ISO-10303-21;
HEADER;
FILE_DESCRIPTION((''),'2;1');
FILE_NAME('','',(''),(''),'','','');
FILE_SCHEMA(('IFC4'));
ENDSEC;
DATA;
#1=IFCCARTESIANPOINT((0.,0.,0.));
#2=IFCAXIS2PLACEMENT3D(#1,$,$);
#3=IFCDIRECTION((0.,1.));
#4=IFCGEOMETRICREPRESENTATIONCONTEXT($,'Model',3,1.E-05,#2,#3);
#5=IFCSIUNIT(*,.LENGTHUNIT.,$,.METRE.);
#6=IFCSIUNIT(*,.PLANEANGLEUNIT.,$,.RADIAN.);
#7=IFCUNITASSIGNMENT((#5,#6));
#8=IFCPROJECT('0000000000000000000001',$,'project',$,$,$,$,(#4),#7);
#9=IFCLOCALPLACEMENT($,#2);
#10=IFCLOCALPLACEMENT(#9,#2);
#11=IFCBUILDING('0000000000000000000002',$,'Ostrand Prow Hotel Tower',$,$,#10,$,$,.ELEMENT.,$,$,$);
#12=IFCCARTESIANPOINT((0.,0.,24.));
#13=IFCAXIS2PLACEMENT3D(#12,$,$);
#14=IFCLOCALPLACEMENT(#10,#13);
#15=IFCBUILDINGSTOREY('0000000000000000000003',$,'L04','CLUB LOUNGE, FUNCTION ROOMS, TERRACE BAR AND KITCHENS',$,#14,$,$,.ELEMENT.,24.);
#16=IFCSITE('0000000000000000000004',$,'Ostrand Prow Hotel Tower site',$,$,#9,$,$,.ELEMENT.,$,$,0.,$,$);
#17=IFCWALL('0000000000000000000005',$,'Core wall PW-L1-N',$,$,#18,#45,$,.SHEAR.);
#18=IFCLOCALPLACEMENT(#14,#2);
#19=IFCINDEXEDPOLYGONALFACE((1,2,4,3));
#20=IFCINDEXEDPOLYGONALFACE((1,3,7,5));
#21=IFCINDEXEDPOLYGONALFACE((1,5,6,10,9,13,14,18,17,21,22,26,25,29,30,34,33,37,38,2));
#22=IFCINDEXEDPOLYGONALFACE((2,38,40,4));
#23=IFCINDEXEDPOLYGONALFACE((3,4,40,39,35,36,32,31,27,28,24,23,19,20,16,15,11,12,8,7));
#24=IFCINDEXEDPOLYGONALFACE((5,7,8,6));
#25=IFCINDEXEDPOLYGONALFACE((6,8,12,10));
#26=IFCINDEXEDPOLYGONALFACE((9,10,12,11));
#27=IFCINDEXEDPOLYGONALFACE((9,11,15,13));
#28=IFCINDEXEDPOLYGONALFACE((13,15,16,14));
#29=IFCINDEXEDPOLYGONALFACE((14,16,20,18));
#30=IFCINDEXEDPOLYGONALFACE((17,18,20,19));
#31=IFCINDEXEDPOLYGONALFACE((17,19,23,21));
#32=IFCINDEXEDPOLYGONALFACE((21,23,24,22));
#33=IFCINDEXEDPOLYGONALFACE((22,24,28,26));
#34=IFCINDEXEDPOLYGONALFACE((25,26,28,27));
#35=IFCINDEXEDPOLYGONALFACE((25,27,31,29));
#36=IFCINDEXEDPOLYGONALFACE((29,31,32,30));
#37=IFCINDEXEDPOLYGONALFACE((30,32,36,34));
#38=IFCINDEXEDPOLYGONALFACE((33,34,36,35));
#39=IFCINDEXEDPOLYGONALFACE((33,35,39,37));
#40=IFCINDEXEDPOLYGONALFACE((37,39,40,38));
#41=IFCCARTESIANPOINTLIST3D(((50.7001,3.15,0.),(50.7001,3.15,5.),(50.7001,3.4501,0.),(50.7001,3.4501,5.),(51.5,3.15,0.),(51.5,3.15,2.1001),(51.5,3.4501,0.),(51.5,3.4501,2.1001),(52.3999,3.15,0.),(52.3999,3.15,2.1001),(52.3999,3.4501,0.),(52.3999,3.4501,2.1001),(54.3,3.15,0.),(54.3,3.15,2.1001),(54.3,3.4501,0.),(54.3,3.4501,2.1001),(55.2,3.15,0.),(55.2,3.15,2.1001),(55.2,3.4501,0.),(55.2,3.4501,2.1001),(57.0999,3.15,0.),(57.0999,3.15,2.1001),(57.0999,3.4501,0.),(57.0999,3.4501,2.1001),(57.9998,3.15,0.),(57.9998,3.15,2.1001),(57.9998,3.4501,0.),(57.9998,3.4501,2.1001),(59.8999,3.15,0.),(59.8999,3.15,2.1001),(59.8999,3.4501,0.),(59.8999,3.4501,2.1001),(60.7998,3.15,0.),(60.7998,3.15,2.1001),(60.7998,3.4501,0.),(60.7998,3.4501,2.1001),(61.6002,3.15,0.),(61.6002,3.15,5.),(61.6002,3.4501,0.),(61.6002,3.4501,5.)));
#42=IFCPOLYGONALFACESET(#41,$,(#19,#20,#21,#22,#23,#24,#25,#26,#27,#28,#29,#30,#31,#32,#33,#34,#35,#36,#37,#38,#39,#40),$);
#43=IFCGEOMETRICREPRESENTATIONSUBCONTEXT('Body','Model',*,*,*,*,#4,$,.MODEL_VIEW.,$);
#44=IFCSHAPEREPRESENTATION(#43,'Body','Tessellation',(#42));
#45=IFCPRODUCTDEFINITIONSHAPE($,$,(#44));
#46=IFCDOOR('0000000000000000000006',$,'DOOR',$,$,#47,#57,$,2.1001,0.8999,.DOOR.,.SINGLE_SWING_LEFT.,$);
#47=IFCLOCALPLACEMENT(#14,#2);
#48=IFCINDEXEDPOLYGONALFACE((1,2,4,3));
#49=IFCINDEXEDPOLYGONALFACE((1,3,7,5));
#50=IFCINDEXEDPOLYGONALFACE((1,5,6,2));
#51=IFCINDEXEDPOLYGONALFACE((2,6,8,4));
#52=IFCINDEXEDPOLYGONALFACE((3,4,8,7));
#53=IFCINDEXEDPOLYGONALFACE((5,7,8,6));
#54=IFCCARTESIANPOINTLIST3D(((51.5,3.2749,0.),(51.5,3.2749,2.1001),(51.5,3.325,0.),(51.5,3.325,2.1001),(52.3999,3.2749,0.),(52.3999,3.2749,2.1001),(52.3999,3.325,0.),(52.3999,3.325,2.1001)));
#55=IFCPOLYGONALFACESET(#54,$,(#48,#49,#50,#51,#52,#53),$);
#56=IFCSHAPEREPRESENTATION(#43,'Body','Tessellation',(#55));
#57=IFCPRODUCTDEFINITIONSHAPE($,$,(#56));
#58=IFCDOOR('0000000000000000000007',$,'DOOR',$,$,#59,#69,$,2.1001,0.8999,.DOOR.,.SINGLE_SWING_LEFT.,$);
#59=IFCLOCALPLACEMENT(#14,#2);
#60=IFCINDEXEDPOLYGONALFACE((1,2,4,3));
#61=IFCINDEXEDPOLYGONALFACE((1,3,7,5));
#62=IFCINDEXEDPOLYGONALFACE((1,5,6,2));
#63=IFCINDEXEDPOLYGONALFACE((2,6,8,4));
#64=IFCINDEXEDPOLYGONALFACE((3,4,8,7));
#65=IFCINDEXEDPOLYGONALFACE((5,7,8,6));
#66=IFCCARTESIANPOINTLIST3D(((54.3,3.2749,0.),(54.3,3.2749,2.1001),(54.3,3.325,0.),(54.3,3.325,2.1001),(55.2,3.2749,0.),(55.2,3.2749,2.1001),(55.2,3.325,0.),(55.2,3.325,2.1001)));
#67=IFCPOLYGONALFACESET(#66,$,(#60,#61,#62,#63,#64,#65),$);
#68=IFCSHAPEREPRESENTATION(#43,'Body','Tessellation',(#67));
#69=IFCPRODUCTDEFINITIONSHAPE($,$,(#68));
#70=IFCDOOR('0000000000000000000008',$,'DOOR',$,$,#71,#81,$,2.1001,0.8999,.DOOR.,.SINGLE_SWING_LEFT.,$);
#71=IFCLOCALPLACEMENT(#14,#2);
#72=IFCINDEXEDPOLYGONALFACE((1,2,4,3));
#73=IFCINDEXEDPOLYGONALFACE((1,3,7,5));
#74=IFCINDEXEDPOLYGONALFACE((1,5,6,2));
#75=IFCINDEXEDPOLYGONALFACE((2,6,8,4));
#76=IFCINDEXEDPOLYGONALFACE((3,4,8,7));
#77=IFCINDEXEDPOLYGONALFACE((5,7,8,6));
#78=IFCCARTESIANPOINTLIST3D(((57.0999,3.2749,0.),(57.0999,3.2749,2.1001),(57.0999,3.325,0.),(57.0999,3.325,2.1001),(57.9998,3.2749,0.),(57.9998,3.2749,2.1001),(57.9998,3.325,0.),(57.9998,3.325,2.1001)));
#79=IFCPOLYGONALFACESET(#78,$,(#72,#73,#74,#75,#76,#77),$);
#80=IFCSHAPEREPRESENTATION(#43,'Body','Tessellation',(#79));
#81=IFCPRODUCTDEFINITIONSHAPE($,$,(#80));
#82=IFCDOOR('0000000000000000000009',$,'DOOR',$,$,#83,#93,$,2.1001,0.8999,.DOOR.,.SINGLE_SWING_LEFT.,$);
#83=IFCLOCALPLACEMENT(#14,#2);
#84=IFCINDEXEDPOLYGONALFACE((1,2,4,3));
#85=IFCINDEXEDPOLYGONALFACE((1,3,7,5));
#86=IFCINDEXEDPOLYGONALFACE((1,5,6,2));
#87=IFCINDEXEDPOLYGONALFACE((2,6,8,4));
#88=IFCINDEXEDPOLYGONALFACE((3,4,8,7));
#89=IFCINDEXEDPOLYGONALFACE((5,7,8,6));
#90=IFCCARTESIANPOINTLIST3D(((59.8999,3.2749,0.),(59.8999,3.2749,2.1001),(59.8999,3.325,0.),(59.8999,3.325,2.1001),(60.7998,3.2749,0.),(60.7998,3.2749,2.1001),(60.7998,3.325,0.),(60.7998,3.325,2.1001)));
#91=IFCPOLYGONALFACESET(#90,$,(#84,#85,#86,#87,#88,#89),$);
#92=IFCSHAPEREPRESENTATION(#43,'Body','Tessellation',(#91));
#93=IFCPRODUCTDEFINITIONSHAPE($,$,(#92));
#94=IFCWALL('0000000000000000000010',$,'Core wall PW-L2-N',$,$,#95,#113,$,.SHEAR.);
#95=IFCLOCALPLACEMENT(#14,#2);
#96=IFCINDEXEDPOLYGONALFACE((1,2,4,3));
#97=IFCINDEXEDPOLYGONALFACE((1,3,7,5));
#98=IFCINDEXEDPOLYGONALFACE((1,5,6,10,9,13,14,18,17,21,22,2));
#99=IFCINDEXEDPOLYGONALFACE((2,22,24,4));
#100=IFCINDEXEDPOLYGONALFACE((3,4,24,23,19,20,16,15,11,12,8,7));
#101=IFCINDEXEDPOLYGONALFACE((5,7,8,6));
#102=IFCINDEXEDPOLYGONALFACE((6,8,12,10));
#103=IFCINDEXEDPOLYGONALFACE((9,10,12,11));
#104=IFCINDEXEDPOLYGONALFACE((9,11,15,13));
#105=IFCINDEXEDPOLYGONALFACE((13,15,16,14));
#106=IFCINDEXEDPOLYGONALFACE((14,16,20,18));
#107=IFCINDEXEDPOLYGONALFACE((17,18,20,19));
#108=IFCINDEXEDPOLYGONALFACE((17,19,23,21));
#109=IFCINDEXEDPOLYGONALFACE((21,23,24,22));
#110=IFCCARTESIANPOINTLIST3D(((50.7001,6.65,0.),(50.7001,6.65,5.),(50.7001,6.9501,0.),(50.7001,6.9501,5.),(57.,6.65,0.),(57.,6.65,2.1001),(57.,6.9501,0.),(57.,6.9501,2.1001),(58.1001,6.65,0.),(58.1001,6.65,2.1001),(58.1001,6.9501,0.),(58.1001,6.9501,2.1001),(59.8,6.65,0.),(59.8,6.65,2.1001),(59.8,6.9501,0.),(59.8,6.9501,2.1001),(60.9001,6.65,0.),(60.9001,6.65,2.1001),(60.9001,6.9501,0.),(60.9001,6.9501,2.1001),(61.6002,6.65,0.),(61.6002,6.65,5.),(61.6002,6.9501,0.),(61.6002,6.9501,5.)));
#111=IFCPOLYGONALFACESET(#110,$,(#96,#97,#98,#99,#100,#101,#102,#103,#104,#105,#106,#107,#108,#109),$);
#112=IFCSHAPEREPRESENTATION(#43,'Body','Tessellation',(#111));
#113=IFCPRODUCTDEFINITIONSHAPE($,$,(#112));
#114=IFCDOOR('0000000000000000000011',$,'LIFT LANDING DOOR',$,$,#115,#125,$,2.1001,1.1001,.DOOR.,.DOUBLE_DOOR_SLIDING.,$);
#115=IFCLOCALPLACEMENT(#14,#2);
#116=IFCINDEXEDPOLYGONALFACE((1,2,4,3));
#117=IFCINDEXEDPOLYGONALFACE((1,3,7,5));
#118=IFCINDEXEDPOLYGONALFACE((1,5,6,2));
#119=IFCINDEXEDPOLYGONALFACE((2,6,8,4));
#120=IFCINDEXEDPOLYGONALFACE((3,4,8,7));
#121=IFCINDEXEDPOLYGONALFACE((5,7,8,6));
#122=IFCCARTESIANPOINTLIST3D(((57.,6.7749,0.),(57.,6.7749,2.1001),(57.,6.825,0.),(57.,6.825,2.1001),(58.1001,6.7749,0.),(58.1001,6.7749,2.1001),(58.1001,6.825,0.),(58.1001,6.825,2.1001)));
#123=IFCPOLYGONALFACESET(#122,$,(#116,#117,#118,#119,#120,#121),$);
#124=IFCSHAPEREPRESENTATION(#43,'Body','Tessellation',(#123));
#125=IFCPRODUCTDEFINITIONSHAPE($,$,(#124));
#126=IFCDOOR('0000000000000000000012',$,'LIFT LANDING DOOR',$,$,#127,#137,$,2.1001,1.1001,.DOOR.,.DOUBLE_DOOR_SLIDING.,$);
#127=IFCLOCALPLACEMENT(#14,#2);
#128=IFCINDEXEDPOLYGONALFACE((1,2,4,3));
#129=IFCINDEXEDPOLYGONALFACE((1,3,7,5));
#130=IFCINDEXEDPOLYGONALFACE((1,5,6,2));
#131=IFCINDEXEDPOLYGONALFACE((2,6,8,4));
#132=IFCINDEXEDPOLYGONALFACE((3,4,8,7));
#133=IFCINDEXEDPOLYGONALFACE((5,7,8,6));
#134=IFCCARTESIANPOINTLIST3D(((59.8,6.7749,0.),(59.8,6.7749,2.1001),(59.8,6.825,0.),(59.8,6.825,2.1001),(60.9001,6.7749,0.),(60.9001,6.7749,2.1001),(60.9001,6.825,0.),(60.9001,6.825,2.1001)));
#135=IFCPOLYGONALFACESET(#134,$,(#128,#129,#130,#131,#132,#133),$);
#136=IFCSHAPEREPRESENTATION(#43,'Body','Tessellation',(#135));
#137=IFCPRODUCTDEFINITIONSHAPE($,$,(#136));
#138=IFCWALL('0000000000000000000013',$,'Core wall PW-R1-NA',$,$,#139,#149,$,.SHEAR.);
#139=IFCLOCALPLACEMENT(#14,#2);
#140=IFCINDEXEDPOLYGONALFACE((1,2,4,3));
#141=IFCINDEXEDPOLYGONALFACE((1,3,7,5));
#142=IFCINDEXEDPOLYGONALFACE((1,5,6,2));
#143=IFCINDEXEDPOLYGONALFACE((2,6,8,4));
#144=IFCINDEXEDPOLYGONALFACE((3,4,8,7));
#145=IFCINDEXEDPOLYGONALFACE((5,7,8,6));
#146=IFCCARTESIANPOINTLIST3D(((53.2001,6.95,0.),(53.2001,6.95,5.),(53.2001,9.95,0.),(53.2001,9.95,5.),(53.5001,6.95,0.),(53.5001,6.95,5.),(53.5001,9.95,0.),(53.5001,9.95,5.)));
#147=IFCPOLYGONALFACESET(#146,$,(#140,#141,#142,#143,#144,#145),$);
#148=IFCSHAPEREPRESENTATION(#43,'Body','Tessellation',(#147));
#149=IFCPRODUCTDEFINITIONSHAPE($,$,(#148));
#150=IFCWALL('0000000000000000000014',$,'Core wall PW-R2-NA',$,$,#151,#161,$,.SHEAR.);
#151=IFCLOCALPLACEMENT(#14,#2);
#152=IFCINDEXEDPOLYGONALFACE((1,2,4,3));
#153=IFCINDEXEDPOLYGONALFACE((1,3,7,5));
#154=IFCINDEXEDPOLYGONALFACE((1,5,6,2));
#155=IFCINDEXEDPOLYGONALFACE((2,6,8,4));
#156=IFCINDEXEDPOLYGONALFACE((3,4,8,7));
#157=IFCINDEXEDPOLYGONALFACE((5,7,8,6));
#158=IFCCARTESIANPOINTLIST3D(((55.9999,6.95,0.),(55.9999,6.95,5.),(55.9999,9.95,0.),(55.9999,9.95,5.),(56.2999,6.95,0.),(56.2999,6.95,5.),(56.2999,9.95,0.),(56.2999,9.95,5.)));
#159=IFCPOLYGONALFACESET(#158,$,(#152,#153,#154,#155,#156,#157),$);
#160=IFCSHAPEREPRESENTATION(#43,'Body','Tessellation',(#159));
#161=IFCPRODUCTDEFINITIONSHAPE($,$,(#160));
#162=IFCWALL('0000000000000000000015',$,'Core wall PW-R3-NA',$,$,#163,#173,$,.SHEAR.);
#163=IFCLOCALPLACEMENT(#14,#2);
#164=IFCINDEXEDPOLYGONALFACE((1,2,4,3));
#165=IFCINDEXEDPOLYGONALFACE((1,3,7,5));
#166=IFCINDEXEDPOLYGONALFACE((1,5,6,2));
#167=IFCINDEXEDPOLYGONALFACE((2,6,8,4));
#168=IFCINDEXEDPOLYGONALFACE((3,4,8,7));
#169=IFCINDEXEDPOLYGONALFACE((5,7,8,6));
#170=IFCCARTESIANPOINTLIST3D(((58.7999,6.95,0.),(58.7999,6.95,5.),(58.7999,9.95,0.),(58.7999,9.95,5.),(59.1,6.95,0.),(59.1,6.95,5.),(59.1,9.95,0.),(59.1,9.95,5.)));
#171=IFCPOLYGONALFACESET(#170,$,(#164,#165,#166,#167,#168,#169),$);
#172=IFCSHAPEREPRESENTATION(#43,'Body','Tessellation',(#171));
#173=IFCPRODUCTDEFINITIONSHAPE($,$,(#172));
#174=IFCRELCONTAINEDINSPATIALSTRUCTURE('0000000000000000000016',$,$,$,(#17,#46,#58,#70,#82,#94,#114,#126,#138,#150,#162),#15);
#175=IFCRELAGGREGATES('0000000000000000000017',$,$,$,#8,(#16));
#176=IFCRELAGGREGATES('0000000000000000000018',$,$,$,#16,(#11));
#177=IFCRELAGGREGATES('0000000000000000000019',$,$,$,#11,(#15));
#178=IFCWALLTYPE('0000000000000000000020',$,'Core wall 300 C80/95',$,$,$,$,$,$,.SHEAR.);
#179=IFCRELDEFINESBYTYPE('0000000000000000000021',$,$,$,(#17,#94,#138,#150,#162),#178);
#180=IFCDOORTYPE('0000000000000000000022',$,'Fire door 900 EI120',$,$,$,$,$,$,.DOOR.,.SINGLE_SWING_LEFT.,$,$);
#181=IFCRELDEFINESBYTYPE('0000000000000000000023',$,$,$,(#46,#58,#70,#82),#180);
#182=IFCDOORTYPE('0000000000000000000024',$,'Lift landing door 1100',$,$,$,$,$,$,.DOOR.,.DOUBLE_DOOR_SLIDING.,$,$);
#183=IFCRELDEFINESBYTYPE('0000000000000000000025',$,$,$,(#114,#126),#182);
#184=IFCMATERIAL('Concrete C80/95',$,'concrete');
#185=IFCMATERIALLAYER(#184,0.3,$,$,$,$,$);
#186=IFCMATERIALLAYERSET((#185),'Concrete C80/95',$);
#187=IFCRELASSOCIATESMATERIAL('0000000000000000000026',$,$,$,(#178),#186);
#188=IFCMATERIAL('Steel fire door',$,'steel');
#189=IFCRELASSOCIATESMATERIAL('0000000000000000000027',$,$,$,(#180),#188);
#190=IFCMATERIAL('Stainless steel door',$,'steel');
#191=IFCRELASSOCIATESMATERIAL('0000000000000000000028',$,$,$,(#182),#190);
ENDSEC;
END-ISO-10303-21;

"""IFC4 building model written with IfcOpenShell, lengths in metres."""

from ifc_helpers import new_model, si_unit, direction, frame, frame_2d, origin, place, context, subcontext, project, spatial, rectangle, extrude, material, layer, layer_set, type_object, element, fill, save


model = new_model("IFC4")

# Units and contexts
model_context = context("Model", 3, precision=1e-05, world=origin(), true_north=direction((0.0, 1.0)))
body_context = subcontext(model_context, "Body", "Model", "MODEL_VIEW")
ifc_project = project(units=[si_unit("LENGTHUNIT", "METRE"), si_unit("PLANEANGLEUNIT", "RADIAN")], contexts=[model_context])

# Site, building, storey
site_placement = place(None, origin())
site = spatial("IfcSite", under=ifc_project, at=site_placement, Name="Ostrand Prow Hotel Tower site", CompositionType="ELEMENT", RefElevation=0.0)
building_placement = place(site_placement, origin())
building = spatial("IfcBuilding", under=site, at=building_placement, Name="Ostrand Prow Hotel Tower", CompositionType="ELEMENT")
storey_placement = place(building_placement, frame((0.0, 0.0, 24.0)))
storey = spatial("IfcBuildingStorey", under=building, at=storey_placement, Name="L04", Description="CLUB LOUNGE, FUNCTION ROOMS, TERRACE BAR AND KITCHENS", CompositionType="ELEMENT", Elevation=24.0)

# Walls, openings, doors
ifc_material_1 = material(Name="Concrete C80/95", Category="concrete")
ifc_layer_1 = layer(ifc_material_1, 0.3)
ifc_layer_set_1 = layer_set([ifc_layer_1], Name="Concrete C80/95")
wall_type_1 = type_object("IfcWallType", Name="Core wall 300 C80/95", PredefinedType="SHEAR", material=ifc_layer_set_1)
wall_1_placement = place(storey_placement, frame((50.7, 3.3, 0.0), z_axis=(0.0, 0.0, 1.0), x_axis=(1.0, 0.0, 0.0)))
wall_1 = element("IfcWall", 1, at=wall_1_placement, inside=storey, type_object=wall_type_1, Name="Core wall PW-L1-N", PredefinedType="SHEAR", context=body_context, shape_type="SweptSolid", body=[
    extrude(rectangle(XDim=10.9001, YDim=0.3, at=frame_2d((5.4502, 0.0))), origin(), (0.0, 0.0, 1.0), 5.0),
])
opening_1_placement = place(wall_1_placement, frame((0.8, 0.0, 0.0)))
opening_1 = element("IfcOpeningElement", 2, at=opening_1_placement, cuts=wall_1, PredefinedType="OPENING", context=body_context, shape_type="SweptSolid", body=[
    extrude(rectangle(XDim=0.8999, YDim=2.1001, at=frame_2d((0.45, 1.05))), frame((0.0, 0.1599, 0.0), z_axis=(0.0, -1.0, 0.0), x_axis=(1.0, 0.0, 0.0)), (0.0, 0.0, 1.0), 0.3201),
])
opening_2_placement = place(wall_1_placement, frame((3.6001, 0.0, 0.0)))
opening_2 = element("IfcOpeningElement", 3, at=opening_2_placement, cuts=wall_1, PredefinedType="OPENING", context=body_context, shape_type="SweptSolid", body=[
    extrude(rectangle(XDim=0.8999, YDim=2.1001, at=frame_2d((0.45, 1.05))), frame((0.0, 0.1599, 0.0), z_axis=(0.0, -1.0, 0.0), x_axis=(1.0, 0.0, 0.0)), (0.0, 0.0, 1.0), 0.3201),
])
opening_3_placement = place(wall_1_placement, frame((6.3999, 0.0, 0.0)))
opening_3 = element("IfcOpeningElement", 4, at=opening_3_placement, cuts=wall_1, PredefinedType="OPENING", context=body_context, shape_type="SweptSolid", body=[
    extrude(rectangle(XDim=0.8999, YDim=2.1001, at=frame_2d((0.45, 1.05))), frame((0.0, 0.1599, 0.0), z_axis=(0.0, -1.0, 0.0), x_axis=(1.0, 0.0, 0.0)), (0.0, 0.0, 1.0), 0.3201),
])
opening_4_placement = place(wall_1_placement, frame((9.2, 0.0, 0.0)))
opening_4 = element("IfcOpeningElement", 5, at=opening_4_placement, cuts=wall_1, PredefinedType="OPENING", context=body_context, shape_type="SweptSolid", body=[
    extrude(rectangle(XDim=0.8999, YDim=2.1001, at=frame_2d((0.45, 1.05))), frame((0.0, 0.1599, 0.0), z_axis=(0.0, -1.0, 0.0), x_axis=(1.0, 0.0, 0.0)), (0.0, 0.0, 1.0), 0.3201),
])
ifc_material_2 = material(Name="Steel fire door", Category="steel")
door_type_1 = type_object("IfcDoorType", Name="Fire door 900 EI120", OperationType="SINGLE_SWING_LEFT", PredefinedType="DOOR", material=ifc_material_2)
door_1_placement = place(opening_1_placement, origin())
door_1 = element("IfcDoor", 6, at=door_1_placement, inside=storey, type_object=door_type_1, Name="DOOR", OperationType="SINGLE_SWING_LEFT", OverallHeight=2.1001, OverallWidth=0.8999, PredefinedType="DOOR", context=body_context, shape_type="SweptSolid", body=[
    extrude(rectangle(XDim=0.8999, YDim=2.1001, at=frame_2d((0.45, 1.05))), frame((0.0, 0.0249, 0.0), z_axis=(0.0, -1.0, 0.0), x_axis=(1.0, 0.0, 0.0)), (0.0, 0.0, 1.0), 0.05),
])
fill(opening_1, door_1)
door_2_placement = place(opening_2_placement, origin())
door_2 = element("IfcDoor", 7, at=door_2_placement, inside=storey, type_object=door_type_1, Name="DOOR", OperationType="SINGLE_SWING_LEFT", OverallHeight=2.1001, OverallWidth=0.8999, PredefinedType="DOOR", context=body_context, shape_type="SweptSolid", body=[
    extrude(rectangle(XDim=0.8999, YDim=2.1001, at=frame_2d((0.45, 1.05))), frame((0.0, 0.0249, 0.0), z_axis=(0.0, -1.0, 0.0), x_axis=(1.0, 0.0, 0.0)), (0.0, 0.0, 1.0), 0.05),
])
fill(opening_2, door_2)
door_3_placement = place(opening_3_placement, origin())
door_3 = element("IfcDoor", 8, at=door_3_placement, inside=storey, type_object=door_type_1, Name="DOOR", OperationType="SINGLE_SWING_LEFT", OverallHeight=2.1001, OverallWidth=0.8999, PredefinedType="DOOR", context=body_context, shape_type="SweptSolid", body=[
    extrude(rectangle(XDim=0.8999, YDim=2.1001, at=frame_2d((0.45, 1.05))), frame((0.0, 0.0249, 0.0), z_axis=(0.0, -1.0, 0.0), x_axis=(1.0, 0.0, 0.0)), (0.0, 0.0, 1.0), 0.05),
])
fill(opening_3, door_3)
door_4_placement = place(opening_4_placement, origin())
door_4 = element("IfcDoor", 9, at=door_4_placement, inside=storey, type_object=door_type_1, Name="DOOR", OperationType="SINGLE_SWING_LEFT", OverallHeight=2.1001, OverallWidth=0.8999, PredefinedType="DOOR", context=body_context, shape_type="SweptSolid", body=[
    extrude(rectangle(XDim=0.8999, YDim=2.1001, at=frame_2d((0.45, 1.05))), frame((0.0, 0.0249, 0.0), z_axis=(0.0, -1.0, 0.0), x_axis=(1.0, 0.0, 0.0)), (0.0, 0.0, 1.0), 0.05),
])
fill(opening_4, door_4)
wall_2_placement = place(storey_placement, frame((50.7, 6.8, 0.0), z_axis=(0.0, 0.0, 1.0), x_axis=(1.0, 0.0, 0.0)))
wall_2 = element("IfcWall", 10, at=wall_2_placement, inside=storey, type_object=wall_type_1, Name="Core wall PW-L2-N", PredefinedType="SHEAR", context=body_context, shape_type="SweptSolid", body=[
    extrude(rectangle(XDim=10.9001, YDim=0.3, at=frame_2d((5.4502, 0.0))), origin(), (0.0, 0.0, 1.0), 5.0),
])
opening_5_placement = place(wall_2_placement, frame((6.3, 0.0, 0.0)))
opening_5 = element("IfcOpeningElement", 11, at=opening_5_placement, cuts=wall_2, PredefinedType="OPENING", context=body_context, shape_type="SweptSolid", body=[
    extrude(rectangle(XDim=1.1001, YDim=2.1001, at=frame_2d((0.55, 1.05))), frame((0.0, 0.1599, 0.0), z_axis=(0.0, -1.0, 0.0), x_axis=(1.0, 0.0, 0.0)), (0.0, 0.0, 1.0), 0.3201),
])
opening_6_placement = place(wall_2_placement, frame((9.1001, 0.0, 0.0)))
opening_6 = element("IfcOpeningElement", 12, at=opening_6_placement, cuts=wall_2, PredefinedType="OPENING", context=body_context, shape_type="SweptSolid", body=[
    extrude(rectangle(XDim=1.1001, YDim=2.1001, at=frame_2d((0.55, 1.05))), frame((0.0, 0.1599, 0.0), z_axis=(0.0, -1.0, 0.0), x_axis=(1.0, 0.0, 0.0)), (0.0, 0.0, 1.0), 0.3201),
])
ifc_material_3 = material(Name="Stainless steel door", Category="steel")
door_type_2 = type_object("IfcDoorType", Name="Lift landing door 1100", OperationType="DOUBLE_DOOR_SLIDING", PredefinedType="DOOR", material=ifc_material_3)
door_5_placement = place(opening_5_placement, origin())
door_5 = element("IfcDoor", 13, at=door_5_placement, inside=storey, type_object=door_type_2, Name="LIFT LANDING DOOR", OperationType="DOUBLE_DOOR_SLIDING", OverallHeight=2.1001, OverallWidth=1.1001, PredefinedType="DOOR", context=body_context, shape_type="SweptSolid", body=[
    extrude(rectangle(XDim=1.1001, YDim=2.1001, at=frame_2d((0.55, 1.05))), frame((0.0, 0.0249, 0.0), z_axis=(0.0, -1.0, 0.0), x_axis=(1.0, 0.0, 0.0)), (0.0, 0.0, 1.0), 0.05),
])
fill(opening_5, door_5)
door_6_placement = place(opening_6_placement, origin())
door_6 = element("IfcDoor", 14, at=door_6_placement, inside=storey, type_object=door_type_2, Name="LIFT LANDING DOOR", OperationType="DOUBLE_DOOR_SLIDING", OverallHeight=2.1001, OverallWidth=1.1001, PredefinedType="DOOR", context=body_context, shape_type="SweptSolid", body=[
    extrude(rectangle(XDim=1.1001, YDim=2.1001, at=frame_2d((0.55, 1.05))), frame((0.0, 0.0249, 0.0), z_axis=(0.0, -1.0, 0.0), x_axis=(1.0, 0.0, 0.0)), (0.0, 0.0, 1.0), 0.05),
])
fill(opening_6, door_6)

# Walls
for number, where, z_axis, x_axis, name in (
    (15, (53.3501, 6.95, 0.0), (0.0, 0.0, 1.0), (0.0, 1.0, 0.0), "Core wall PW-R1-NA"),
    (16, (56.1499, 6.95, 0.0), (0.0, 0.0, 1.0), (0.0, 1.0, 0.0), "Core wall PW-R2-NA"),
    (17, (58.95, 6.95, 0.0), (0.0, 0.0, 1.0), (0.0, 1.0, 0.0), "Core wall PW-R3-NA"),
):
    element("IfcWall", number, at=place(storey_placement, frame(where, z_axis=z_axis, x_axis=x_axis)), inside=storey, type_object=wall_type_1, Name=name, PredefinedType="SHEAR", context=body_context, shape_type="SweptSolid", body=[
        extrude(rectangle(XDim=3.0, YDim=0.3, at=frame_2d((1.5, 0.0))), origin(), (0.0, 0.0, 1.0), 5.0),
    ])

save(model, "model.ifc")
